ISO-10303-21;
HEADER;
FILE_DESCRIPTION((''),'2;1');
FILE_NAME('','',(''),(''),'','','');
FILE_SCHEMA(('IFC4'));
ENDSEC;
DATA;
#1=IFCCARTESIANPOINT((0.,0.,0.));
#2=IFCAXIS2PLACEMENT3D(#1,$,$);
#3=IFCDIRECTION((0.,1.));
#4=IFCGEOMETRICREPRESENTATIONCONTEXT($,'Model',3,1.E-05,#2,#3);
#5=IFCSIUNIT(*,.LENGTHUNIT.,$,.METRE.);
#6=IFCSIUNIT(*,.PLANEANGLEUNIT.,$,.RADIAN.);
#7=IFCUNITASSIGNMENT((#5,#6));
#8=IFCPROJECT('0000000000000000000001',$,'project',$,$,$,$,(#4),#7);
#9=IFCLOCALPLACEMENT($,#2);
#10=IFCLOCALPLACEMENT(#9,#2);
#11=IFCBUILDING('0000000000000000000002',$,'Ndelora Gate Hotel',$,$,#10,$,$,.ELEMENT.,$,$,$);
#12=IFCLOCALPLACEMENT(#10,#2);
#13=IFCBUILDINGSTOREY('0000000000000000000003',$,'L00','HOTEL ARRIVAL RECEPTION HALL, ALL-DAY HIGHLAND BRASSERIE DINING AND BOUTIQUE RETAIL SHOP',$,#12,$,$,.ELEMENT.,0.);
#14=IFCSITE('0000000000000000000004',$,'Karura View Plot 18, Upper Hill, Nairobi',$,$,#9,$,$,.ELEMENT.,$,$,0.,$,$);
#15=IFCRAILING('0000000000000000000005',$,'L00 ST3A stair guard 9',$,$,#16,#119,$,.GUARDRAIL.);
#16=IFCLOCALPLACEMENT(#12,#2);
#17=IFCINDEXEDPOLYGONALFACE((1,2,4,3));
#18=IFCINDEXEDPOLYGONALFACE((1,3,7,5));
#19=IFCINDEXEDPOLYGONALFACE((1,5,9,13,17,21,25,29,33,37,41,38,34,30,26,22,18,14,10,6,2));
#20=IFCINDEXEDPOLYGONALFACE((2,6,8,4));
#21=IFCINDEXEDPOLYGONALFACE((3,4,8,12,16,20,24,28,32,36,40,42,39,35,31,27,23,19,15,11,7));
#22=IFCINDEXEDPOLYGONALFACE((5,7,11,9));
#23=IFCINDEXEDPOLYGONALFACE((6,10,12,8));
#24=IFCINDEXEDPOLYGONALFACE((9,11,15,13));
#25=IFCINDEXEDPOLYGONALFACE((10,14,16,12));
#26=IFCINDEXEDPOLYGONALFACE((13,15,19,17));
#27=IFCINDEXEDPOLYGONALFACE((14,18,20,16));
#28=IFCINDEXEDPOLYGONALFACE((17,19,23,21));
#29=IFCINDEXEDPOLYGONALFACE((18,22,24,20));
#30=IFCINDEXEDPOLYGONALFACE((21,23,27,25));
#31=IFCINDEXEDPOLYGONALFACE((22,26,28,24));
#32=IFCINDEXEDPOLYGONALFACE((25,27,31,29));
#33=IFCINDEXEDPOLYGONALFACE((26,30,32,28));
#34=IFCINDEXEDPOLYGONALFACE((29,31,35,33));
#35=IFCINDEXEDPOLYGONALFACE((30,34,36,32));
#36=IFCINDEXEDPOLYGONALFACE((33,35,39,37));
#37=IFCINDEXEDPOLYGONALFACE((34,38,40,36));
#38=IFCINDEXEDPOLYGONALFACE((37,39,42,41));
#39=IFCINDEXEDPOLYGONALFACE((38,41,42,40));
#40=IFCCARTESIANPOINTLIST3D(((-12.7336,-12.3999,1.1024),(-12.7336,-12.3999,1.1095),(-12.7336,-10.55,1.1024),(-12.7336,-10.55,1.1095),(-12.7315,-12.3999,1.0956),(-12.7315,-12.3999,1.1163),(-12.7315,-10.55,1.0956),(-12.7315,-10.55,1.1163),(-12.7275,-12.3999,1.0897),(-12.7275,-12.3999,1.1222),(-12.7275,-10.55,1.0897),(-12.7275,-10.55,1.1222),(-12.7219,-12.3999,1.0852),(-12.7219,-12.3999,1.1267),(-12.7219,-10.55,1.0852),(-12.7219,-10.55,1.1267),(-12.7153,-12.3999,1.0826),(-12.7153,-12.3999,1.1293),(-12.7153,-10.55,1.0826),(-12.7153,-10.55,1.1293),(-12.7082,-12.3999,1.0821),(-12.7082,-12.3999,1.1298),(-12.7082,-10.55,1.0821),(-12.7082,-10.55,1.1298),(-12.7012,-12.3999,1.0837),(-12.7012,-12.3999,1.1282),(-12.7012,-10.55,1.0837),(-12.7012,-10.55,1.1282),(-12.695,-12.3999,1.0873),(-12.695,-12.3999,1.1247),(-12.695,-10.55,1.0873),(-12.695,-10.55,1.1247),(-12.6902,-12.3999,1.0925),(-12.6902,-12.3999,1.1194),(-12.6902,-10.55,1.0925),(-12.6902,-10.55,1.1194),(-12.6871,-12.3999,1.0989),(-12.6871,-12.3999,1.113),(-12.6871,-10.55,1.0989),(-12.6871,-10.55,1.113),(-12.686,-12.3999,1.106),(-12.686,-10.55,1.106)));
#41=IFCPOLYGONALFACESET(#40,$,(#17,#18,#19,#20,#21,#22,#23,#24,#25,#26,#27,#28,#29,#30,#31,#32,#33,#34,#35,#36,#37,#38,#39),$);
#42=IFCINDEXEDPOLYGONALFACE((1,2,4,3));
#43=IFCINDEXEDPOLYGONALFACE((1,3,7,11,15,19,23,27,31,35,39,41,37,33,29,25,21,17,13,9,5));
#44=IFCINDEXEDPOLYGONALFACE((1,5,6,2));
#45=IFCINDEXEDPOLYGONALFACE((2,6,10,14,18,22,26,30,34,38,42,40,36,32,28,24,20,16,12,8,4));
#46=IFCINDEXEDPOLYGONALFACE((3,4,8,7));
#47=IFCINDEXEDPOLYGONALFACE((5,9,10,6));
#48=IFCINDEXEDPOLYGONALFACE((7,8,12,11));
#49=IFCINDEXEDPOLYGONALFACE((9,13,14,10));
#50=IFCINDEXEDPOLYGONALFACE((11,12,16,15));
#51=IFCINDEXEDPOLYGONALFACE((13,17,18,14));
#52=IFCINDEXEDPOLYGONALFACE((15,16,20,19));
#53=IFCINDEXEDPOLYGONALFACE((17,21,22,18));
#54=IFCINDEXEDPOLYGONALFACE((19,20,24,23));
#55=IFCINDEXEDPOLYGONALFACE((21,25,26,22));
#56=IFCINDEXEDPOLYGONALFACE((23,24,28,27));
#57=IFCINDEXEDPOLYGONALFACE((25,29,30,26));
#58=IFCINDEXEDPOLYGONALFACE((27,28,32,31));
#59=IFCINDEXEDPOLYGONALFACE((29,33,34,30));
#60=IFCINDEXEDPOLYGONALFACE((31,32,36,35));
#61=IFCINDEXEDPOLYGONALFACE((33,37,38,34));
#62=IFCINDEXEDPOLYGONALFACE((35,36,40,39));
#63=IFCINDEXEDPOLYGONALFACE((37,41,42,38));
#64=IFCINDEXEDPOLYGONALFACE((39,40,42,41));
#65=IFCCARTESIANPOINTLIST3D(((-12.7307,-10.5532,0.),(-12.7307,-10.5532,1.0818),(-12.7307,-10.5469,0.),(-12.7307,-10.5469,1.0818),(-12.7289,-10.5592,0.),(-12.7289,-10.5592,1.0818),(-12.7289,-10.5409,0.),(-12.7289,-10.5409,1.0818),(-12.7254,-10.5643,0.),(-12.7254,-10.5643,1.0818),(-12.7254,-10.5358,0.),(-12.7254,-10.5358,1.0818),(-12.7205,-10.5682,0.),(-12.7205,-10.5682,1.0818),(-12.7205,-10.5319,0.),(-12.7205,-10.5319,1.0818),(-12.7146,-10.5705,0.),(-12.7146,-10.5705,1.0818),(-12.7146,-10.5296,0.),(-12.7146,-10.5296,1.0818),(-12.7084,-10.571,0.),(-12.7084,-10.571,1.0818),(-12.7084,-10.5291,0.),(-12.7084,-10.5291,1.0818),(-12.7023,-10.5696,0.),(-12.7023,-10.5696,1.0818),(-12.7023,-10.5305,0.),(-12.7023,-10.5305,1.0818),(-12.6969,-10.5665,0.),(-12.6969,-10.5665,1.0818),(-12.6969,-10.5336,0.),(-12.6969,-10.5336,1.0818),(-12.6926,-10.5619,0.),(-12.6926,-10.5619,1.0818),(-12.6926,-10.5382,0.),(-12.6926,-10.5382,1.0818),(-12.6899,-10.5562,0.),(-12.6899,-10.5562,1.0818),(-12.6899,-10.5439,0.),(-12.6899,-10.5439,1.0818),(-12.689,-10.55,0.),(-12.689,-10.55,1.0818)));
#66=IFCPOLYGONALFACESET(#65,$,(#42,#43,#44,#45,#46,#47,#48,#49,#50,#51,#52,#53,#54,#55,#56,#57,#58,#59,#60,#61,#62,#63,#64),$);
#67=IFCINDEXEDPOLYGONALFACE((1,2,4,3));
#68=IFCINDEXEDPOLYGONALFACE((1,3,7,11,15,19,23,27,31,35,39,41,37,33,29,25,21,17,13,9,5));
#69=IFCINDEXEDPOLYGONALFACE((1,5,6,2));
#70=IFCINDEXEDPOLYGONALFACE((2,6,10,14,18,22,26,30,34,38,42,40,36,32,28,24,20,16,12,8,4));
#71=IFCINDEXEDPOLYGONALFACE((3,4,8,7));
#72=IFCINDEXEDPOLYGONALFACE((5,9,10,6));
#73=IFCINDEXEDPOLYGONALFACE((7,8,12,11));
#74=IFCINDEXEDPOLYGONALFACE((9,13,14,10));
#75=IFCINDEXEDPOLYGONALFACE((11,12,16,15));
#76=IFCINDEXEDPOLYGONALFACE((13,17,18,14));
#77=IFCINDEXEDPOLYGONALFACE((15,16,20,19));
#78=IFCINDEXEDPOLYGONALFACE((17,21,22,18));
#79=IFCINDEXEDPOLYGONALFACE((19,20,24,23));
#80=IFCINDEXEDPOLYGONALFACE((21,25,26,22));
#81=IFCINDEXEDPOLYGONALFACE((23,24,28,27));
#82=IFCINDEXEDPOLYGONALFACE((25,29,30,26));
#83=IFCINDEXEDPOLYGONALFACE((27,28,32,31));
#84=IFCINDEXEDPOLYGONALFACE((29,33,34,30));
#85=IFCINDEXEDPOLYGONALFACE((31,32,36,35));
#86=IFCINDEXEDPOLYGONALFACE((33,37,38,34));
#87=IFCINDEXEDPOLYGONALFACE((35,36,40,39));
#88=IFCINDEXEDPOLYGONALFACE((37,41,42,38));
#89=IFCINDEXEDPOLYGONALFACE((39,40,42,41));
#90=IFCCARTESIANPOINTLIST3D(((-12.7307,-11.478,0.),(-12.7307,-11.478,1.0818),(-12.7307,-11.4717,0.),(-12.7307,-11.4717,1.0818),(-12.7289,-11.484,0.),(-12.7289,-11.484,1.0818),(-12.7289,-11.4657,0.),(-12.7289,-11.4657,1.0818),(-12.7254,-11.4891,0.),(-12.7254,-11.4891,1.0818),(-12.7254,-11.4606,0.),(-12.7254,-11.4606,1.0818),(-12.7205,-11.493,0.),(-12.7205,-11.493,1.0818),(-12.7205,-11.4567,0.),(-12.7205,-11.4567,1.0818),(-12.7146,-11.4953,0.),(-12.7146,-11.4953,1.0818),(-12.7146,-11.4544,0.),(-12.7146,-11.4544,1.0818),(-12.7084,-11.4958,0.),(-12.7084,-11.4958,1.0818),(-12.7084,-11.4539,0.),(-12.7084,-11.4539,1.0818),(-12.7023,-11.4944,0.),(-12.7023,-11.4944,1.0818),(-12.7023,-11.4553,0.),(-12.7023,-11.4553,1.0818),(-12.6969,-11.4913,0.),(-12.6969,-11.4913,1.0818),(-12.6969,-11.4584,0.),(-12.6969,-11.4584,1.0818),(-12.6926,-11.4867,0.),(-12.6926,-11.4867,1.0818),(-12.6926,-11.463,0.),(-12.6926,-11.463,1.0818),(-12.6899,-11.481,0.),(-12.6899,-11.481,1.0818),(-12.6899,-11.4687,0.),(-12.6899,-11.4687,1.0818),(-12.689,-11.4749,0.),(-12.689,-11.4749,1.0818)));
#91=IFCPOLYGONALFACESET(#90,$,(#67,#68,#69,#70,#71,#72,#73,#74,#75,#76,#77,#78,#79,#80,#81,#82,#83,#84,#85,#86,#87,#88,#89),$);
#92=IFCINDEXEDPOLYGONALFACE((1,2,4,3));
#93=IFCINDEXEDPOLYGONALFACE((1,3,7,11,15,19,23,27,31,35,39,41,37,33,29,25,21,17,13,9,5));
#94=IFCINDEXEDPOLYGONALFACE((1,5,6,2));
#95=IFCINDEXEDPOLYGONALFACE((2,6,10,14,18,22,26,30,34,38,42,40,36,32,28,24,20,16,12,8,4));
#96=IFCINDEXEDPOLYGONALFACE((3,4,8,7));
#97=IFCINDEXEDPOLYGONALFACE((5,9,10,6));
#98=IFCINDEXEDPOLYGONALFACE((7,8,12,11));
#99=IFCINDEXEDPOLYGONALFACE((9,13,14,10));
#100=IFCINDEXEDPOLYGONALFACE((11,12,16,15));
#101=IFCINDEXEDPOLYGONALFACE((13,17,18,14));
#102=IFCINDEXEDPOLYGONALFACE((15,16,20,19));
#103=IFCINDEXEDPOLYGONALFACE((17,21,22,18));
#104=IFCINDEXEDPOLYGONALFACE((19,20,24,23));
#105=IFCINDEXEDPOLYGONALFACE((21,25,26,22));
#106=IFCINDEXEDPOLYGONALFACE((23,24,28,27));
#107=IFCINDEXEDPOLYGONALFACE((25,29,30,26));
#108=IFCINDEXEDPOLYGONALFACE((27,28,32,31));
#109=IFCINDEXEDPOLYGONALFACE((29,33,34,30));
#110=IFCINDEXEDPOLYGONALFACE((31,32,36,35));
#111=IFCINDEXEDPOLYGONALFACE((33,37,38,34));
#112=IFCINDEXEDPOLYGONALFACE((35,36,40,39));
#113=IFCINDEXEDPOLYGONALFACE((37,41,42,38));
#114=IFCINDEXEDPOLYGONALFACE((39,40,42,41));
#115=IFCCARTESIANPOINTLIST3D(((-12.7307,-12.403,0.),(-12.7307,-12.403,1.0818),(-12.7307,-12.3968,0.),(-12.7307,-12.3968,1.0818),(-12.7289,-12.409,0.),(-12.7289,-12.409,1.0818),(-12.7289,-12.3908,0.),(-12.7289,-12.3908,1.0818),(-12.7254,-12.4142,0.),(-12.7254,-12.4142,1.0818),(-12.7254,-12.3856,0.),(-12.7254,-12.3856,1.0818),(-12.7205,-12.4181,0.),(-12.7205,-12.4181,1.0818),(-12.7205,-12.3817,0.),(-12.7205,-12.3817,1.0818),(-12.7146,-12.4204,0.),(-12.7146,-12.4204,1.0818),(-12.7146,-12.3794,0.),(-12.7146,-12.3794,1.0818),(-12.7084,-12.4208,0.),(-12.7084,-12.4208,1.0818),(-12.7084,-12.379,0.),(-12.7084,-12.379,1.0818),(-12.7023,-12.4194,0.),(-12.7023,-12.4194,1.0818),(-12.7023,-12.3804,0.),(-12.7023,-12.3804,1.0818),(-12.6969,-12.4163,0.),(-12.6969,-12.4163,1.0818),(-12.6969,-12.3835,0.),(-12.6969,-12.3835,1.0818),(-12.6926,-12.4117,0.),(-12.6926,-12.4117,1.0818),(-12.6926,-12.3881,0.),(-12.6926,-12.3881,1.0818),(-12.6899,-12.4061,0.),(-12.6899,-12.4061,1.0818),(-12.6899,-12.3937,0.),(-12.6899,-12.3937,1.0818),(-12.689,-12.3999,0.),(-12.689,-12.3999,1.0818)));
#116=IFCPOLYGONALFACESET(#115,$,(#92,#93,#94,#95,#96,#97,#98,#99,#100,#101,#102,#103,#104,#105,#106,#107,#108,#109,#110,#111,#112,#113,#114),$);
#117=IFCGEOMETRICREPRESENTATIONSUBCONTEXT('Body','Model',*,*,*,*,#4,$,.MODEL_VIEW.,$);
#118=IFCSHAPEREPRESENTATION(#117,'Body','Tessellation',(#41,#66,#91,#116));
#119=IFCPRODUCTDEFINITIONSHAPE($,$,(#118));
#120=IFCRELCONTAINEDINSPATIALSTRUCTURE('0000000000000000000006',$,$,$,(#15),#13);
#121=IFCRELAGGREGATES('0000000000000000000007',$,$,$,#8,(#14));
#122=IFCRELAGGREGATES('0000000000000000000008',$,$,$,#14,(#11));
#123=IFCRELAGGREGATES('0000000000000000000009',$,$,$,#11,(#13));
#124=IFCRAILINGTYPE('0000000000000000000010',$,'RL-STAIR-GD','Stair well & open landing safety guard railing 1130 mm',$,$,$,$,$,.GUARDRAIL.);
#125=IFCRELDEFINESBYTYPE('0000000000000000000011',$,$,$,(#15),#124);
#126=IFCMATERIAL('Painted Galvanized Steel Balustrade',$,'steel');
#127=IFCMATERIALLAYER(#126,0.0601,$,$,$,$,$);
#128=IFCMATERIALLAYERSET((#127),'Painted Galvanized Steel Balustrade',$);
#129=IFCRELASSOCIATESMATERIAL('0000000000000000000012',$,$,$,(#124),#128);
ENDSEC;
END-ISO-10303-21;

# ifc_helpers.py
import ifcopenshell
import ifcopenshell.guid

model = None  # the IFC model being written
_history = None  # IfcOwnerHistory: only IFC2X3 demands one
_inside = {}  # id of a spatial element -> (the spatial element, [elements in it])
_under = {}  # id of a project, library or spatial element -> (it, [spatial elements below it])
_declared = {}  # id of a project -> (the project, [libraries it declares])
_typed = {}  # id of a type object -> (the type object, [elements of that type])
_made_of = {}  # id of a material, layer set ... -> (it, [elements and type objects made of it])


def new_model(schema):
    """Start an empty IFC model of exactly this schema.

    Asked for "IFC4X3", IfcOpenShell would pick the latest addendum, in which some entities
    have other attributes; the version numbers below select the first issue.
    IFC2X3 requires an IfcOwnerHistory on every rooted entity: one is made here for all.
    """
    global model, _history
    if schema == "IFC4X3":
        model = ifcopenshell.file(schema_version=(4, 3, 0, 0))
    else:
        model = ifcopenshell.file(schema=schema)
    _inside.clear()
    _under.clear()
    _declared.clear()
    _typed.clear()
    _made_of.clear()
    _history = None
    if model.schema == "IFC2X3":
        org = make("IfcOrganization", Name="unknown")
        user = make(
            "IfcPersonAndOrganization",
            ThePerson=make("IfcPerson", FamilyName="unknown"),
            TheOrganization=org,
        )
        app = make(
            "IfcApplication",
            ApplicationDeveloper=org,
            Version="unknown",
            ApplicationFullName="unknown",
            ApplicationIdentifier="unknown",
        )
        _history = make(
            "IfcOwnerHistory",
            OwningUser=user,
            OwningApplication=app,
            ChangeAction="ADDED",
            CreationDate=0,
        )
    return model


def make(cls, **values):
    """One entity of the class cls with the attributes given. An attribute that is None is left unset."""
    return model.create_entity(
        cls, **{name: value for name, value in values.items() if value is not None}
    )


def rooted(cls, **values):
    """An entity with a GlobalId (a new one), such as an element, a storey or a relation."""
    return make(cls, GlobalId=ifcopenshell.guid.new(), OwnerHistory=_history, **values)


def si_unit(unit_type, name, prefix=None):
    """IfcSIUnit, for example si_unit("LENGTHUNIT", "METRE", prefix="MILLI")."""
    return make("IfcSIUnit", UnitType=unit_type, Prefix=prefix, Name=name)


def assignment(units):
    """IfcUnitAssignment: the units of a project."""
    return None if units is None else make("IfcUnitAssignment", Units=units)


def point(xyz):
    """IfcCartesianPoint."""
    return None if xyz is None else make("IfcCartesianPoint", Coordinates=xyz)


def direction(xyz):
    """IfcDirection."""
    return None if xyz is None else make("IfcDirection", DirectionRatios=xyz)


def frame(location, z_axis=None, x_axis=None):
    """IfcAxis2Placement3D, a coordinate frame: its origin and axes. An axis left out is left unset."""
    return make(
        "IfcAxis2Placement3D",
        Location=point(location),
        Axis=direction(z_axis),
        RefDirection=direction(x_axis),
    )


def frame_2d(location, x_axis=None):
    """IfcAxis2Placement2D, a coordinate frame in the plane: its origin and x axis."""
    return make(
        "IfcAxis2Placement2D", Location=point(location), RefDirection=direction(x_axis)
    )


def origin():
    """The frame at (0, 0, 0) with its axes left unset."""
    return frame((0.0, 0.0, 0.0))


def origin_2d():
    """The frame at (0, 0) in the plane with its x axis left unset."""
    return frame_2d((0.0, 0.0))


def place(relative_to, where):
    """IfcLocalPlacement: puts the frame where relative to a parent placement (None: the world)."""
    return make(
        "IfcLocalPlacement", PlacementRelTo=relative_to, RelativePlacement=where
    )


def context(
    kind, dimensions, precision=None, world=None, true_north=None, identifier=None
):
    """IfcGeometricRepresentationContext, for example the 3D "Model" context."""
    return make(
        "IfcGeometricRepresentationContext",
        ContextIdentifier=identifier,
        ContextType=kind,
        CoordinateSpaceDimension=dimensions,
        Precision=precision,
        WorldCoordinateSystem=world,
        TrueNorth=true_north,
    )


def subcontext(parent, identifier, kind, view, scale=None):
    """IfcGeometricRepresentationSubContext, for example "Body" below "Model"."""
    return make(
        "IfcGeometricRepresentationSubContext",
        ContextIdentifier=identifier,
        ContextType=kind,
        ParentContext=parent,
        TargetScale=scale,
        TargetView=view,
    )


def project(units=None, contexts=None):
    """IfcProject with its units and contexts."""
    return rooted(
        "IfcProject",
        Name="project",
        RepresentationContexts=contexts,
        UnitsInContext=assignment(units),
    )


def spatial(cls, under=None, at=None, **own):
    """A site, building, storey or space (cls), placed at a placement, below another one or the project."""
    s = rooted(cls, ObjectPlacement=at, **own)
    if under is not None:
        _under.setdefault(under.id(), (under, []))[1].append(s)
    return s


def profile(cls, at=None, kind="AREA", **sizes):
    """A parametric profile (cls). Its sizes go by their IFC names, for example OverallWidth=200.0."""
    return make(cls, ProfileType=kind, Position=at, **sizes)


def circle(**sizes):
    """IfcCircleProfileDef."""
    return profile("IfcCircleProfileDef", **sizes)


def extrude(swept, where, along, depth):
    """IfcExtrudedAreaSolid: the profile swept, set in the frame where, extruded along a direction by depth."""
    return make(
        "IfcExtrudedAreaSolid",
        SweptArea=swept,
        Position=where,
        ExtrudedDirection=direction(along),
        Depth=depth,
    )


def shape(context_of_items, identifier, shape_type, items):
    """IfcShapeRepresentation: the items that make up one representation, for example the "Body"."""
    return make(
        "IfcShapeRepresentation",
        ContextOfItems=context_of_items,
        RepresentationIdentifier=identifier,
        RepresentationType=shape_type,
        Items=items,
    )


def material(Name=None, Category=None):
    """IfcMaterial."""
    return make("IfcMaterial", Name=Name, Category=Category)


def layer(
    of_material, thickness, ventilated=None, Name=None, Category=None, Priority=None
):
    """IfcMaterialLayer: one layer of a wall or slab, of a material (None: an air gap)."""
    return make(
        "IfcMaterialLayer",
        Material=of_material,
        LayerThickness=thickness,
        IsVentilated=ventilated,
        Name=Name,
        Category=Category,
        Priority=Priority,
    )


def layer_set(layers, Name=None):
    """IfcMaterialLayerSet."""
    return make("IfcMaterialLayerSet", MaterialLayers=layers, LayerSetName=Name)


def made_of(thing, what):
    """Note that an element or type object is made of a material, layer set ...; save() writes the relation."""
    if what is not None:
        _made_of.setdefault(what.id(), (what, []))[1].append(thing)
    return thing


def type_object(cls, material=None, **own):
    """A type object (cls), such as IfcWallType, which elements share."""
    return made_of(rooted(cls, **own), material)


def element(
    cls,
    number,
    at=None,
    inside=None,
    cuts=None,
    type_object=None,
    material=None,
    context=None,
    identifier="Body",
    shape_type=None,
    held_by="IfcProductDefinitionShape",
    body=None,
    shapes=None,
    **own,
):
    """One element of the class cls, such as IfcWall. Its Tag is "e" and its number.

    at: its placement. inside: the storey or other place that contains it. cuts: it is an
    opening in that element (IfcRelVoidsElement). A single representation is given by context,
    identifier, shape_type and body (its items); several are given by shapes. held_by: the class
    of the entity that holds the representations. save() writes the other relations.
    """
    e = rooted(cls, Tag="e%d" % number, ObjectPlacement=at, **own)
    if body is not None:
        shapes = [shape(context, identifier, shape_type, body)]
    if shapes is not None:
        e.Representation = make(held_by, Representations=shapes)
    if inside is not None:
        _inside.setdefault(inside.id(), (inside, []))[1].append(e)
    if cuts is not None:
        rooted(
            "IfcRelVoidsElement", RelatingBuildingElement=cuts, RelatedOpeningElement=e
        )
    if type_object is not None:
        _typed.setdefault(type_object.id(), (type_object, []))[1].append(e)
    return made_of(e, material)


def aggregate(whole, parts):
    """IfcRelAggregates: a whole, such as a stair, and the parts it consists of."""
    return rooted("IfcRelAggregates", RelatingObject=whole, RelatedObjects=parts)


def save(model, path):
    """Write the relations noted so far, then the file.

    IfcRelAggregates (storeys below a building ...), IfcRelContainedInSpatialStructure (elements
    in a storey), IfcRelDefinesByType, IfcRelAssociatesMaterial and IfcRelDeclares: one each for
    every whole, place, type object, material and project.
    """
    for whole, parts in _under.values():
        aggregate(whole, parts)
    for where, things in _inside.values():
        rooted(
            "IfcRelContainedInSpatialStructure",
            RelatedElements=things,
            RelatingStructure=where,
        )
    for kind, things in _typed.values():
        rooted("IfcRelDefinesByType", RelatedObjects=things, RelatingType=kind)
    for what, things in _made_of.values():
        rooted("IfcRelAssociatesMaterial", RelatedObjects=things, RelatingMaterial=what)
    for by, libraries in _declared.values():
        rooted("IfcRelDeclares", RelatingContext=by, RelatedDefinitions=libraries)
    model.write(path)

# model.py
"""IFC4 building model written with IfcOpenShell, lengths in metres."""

from ifc_helpers import new_model, si_unit, direction, frame, origin, origin_2d, place, context, subcontext, project, spatial, circle, extrude, material, layer, layer_set, type_object, element, save


model = new_model("IFC4")

# Units and contexts
model_context = context("Model", 3, precision=1e-05, world=origin(), true_north=direction((0.0, 1.0)))
body_context = subcontext(model_context, "Body", "Model", "MODEL_VIEW")
ifc_project = project(units=[si_unit("LENGTHUNIT", "METRE"), si_unit("PLANEANGLEUNIT", "RADIAN")], contexts=[model_context])

# Site, building, storey
site_placement = place(None, origin())
site = spatial("IfcSite", under=ifc_project, at=site_placement, Name="Karura View Plot 18, Upper Hill, Nairobi", CompositionType="ELEMENT", RefElevation=0.0)
building_placement = place(site_placement, origin())
building = spatial("IfcBuilding", under=site, at=building_placement, Name="Ndelora Gate Hotel", CompositionType="ELEMENT")
storey_placement = place(building_placement, origin())
storey = spatial("IfcBuildingStorey", under=building, at=storey_placement, Name="L00", Description="HOTEL ARRIVAL RECEPTION HALL, ALL-DAY HIGHLAND BRASSERIE DINING AND BOUTIQUE RETAIL SHOP", CompositionType="ELEMENT", Elevation=0.0)

# Railing
ifc_material_1 = material(Name="Painted Galvanized Steel Balustrade", Category="steel")
ifc_layer_1 = layer(ifc_material_1, 0.0601)
ifc_layer_set_1 = layer_set([ifc_layer_1], Name="Painted Galvanized Steel Balustrade")
railing_type_1 = type_object("IfcRailingType", Name="RL-STAIR-GD", Description="Stair well & open landing safety guard railing 1130 mm", PredefinedType="GUARDRAIL", material=ifc_layer_set_1)
for number, where, name in (
    (1, (-12.71, -10.55, 0.0), "L00 ST3A stair guard 9"),
):
    element("IfcRailing", number, at=place(storey_placement, frame(where)), inside=storey, type_object=railing_type_1, Name=name, PredefinedType="GUARDRAIL", context=body_context, shape_type="SweptSolid", body=[
        extrude(circle(Radius=0.0239, at=origin_2d()), frame((0.0, 0.0, 1.106), z_axis=(0.0, -1.0, 0.0), x_axis=(1.0, 0.0, 0.0)), (0.0, 0.0, 1.0), 1.8499),
        extrude(circle(Radius=0.021, at=origin_2d()), origin(), (0.0, 0.0, 1.0), 1.0818),
        extrude(circle(Radius=0.021, at=origin_2d()), frame((0.0, -0.9248, 0.0)), (0.0, 0.0, 1.0), 1.0818),
        extrude(circle(Radius=0.021, at=origin_2d()), frame((0.0, -1.8499, 0.0)), (0.0, 0.0, 1.0), 1.0818),
    ])

save(model, "model.ifc")
